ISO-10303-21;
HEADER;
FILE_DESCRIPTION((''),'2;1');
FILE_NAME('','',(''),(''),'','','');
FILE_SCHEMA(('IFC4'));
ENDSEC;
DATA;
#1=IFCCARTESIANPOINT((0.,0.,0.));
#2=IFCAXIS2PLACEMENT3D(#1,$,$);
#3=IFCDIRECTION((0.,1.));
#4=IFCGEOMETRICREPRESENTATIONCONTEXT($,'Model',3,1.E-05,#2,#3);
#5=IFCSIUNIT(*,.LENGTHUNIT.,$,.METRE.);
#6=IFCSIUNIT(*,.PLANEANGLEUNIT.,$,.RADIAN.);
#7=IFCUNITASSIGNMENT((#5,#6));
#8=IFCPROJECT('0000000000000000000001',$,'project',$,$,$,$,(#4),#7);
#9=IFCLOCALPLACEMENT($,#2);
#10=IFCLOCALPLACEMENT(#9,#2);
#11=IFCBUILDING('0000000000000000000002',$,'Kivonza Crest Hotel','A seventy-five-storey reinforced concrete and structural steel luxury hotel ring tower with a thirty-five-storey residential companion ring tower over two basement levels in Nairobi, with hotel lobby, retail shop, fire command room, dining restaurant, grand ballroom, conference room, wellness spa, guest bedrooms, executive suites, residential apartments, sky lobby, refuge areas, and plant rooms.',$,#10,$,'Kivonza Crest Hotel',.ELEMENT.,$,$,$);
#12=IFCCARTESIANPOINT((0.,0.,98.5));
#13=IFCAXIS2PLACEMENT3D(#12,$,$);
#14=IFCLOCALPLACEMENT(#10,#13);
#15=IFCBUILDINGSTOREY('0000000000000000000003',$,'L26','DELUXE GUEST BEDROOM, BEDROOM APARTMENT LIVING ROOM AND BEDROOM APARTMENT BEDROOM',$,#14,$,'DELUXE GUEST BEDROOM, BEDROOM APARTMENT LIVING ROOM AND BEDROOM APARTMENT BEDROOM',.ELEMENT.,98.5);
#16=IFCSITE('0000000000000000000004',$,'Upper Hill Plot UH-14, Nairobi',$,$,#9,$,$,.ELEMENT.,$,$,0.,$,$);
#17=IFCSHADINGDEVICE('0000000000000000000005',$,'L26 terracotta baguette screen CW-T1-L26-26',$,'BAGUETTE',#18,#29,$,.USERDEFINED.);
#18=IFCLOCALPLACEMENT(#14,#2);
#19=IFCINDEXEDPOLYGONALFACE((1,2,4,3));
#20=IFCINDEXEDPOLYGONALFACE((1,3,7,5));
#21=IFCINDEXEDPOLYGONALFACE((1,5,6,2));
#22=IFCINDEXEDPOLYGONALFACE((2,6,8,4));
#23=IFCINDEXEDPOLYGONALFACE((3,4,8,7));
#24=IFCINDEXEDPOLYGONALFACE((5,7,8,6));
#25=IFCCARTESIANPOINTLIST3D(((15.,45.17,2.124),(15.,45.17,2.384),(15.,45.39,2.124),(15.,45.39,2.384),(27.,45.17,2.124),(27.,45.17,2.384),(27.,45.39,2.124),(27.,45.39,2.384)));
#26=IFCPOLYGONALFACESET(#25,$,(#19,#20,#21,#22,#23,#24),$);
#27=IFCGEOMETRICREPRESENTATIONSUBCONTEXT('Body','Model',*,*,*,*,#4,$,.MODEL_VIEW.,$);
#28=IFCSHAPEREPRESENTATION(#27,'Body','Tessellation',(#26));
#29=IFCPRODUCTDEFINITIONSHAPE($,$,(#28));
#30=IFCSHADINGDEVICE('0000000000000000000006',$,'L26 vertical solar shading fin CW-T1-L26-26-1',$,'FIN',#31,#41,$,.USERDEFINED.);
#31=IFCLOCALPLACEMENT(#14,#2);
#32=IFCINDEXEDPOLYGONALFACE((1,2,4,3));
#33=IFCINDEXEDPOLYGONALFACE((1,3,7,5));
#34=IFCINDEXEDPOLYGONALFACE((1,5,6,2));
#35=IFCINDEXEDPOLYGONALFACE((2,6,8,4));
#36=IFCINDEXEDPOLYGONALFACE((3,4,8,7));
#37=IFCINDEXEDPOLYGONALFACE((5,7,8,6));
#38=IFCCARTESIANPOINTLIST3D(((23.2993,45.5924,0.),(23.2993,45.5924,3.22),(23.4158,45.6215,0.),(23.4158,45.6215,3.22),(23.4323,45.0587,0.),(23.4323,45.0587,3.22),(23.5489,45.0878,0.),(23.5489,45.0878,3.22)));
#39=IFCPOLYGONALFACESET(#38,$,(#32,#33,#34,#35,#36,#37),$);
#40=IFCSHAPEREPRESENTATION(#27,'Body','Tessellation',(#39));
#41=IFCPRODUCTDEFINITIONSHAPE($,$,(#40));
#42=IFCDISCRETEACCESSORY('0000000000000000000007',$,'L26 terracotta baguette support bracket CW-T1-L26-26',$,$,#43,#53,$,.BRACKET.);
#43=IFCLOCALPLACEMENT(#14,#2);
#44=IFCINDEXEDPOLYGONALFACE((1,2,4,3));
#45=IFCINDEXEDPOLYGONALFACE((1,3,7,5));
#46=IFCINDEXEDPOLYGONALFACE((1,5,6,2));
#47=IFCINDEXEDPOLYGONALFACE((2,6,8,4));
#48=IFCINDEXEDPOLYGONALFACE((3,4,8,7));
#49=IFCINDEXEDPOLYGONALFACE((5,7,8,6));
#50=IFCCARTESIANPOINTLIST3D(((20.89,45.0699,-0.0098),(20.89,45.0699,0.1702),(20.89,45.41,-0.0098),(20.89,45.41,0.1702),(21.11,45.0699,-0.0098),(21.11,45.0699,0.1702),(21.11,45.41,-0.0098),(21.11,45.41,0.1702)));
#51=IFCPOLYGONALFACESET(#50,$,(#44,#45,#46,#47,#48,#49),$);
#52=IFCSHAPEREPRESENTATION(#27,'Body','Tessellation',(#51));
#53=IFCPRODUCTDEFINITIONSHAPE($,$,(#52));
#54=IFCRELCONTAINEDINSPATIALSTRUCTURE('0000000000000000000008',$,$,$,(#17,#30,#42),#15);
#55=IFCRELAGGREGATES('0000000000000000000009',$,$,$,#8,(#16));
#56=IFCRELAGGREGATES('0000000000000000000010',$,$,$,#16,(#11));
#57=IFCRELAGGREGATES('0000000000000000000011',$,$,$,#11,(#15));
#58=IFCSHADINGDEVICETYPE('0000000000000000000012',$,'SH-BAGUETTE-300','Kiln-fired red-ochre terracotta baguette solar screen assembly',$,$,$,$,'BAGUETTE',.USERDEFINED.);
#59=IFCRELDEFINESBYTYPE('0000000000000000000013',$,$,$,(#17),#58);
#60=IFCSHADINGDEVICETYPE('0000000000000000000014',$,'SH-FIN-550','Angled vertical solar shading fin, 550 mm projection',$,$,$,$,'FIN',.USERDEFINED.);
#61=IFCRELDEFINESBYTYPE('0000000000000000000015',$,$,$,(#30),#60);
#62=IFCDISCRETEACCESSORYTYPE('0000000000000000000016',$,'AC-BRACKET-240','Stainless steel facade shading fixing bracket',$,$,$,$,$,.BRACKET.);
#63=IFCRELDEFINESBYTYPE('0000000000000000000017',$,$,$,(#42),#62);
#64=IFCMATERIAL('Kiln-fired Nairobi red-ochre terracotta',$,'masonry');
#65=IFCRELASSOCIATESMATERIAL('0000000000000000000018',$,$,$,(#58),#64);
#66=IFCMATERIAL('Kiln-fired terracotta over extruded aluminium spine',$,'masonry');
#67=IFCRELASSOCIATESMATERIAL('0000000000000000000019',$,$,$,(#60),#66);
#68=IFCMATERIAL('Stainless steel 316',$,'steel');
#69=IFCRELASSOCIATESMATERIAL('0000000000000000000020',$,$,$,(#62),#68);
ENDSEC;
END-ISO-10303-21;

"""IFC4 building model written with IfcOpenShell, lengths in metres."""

from ifc_helpers import new_model, si_unit, direction, frame, origin, origin_2d, place, context, subcontext, project, spatial, rectangle, extrude, material, type_object, element, save


model = new_model("IFC4")

# Units and contexts
model_context = context("Model", 3, precision=1e-05, world=origin(), true_north=direction((0.0, 1.0)))
body_context = subcontext(model_context, "Body", "Model", "MODEL_VIEW")
ifc_project = project(units=[si_unit("LENGTHUNIT", "METRE"), si_unit("PLANEANGLEUNIT", "RADIAN")], contexts=[model_context])

# Site, building, storey
site_placement = place(None, origin())
site = spatial("IfcSite", under=ifc_project, at=site_placement, Name="Upper Hill Plot UH-14, Nairobi", CompositionType="ELEMENT", RefElevation=0.0)
building_placement = place(site_placement, origin())
building = spatial("IfcBuilding", under=site, at=building_placement, Name="Kivonza Crest Hotel", Description="A seventy-five-storey reinforced concrete and structural steel luxury hotel ring tower with a thirty-five-storey residential companion ring tower over two basement levels in Nairobi, with hotel lobby, retail shop, fire command room, dining restaurant, grand ballroom, conference room, wellness spa, guest bedrooms, executive suites, residential apartments, sky lobby, refuge areas, and plant rooms.", LongName="Kivonza Crest Hotel", CompositionType="ELEMENT")
storey_placement = place(building_placement, frame((0.0, 0.0, 98.5)))
storey = spatial("IfcBuildingStorey", under=building, at=storey_placement, Name="L26", Description="DELUXE GUEST BEDROOM, BEDROOM APARTMENT LIVING ROOM AND BEDROOM APARTMENT BEDROOM", LongName="DELUXE GUEST BEDROOM, BEDROOM APARTMENT LIVING ROOM AND BEDROOM APARTMENT BEDROOM", CompositionType="ELEMENT", Elevation=98.5)

# Shading devices
ifc_material_1 = material(Name="Kiln-fired Nairobi red-ochre terracotta", Category="masonry")
shading_device_type_1 = type_object("IfcShadingDeviceType", Name="SH-BAGUETTE-300", Description="Kiln-fired red-ochre terracotta baguette solar screen assembly", ElementType="BAGUETTE", PredefinedType="USERDEFINED", material=ifc_material_1)
shading_device_1_placement = place(storey_placement, frame((21.0, 45.28, 2.124), z_axis=(0.0, 0.0, 1.0), x_axis=(-1.0, 0.0, 0.0)))
element("IfcShadingDevice", 1, at=shading_device_1_placement, inside=storey, type_object=shading_device_type_1, Name="L26 terracotta baguette screen CW-T1-L26-26", ObjectType="BAGUETTE", PredefinedType="USERDEFINED", context=body_context, shape_type="SweptSolid", body=[
    extrude(rectangle(XDim=12.0, YDim=0.22, at=origin_2d()), origin(), (0.0, 0.0, 1.0), 0.26),
])
ifc_material_2 = material(Name="Kiln-fired terracotta over extruded aluminium spine", Category="masonry")
shading_device_type_2 = type_object("IfcShadingDeviceType", Name="SH-FIN-550", Description="Angled vertical solar shading fin, 550 mm projection", ElementType="FIN", PredefinedType="USERDEFINED", material=ifc_material_2)
shading_device_2_placement = place(storey_placement, frame((23.4241, 45.3401, 0.0), z_axis=(0.0, 0.0, 1.0), x_axis=(-0.970296, -0.241922, 0.0)))
element("IfcShadingDevice", 2, at=shading_device_2_placement, inside=storey, type_object=shading_device_type_2, Name="L26 vertical solar shading fin CW-T1-L26-26-1", ObjectType="FIN", PredefinedType="USERDEFINED", context=body_context, shape_type="SweptSolid", body=[
    extrude(rectangle(XDim=0.1201, YDim=0.55, at=origin_2d()), origin(), (0.0, 0.0, 1.0), 3.22),
])

# Discrete accessory
ifc_material_3 = material(Name="Stainless steel 316", Category="steel")
discrete_accessory_type = type_object("IfcDiscreteAccessoryType", Name="AC-BRACKET-240", Description="Stainless steel facade shading fixing bracket", PredefinedType="BRACKET", material=ifc_material_3)
discrete_accessory_placement = place(storey_placement, frame((21.0, 45.24, -0.0098), z_axis=(0.0, 0.0, 1.0), x_axis=(-1.0, 0.0, 0.0)))
element("IfcDiscreteAccessory", 3, at=discrete_accessory_placement, inside=storey, type_object=discrete_accessory_type, Name="L26 terracotta baguette support bracket CW-T1-L26-26", PredefinedType="BRACKET", context=body_context, shape_type="SweptSolid", body=[
    extrude(rectangle(XDim=0.22, YDim=0.3401, at=origin_2d()), origin(), (0.0, 0.0, 1.0), 0.1799),
])

save(model, "model.ifc")
